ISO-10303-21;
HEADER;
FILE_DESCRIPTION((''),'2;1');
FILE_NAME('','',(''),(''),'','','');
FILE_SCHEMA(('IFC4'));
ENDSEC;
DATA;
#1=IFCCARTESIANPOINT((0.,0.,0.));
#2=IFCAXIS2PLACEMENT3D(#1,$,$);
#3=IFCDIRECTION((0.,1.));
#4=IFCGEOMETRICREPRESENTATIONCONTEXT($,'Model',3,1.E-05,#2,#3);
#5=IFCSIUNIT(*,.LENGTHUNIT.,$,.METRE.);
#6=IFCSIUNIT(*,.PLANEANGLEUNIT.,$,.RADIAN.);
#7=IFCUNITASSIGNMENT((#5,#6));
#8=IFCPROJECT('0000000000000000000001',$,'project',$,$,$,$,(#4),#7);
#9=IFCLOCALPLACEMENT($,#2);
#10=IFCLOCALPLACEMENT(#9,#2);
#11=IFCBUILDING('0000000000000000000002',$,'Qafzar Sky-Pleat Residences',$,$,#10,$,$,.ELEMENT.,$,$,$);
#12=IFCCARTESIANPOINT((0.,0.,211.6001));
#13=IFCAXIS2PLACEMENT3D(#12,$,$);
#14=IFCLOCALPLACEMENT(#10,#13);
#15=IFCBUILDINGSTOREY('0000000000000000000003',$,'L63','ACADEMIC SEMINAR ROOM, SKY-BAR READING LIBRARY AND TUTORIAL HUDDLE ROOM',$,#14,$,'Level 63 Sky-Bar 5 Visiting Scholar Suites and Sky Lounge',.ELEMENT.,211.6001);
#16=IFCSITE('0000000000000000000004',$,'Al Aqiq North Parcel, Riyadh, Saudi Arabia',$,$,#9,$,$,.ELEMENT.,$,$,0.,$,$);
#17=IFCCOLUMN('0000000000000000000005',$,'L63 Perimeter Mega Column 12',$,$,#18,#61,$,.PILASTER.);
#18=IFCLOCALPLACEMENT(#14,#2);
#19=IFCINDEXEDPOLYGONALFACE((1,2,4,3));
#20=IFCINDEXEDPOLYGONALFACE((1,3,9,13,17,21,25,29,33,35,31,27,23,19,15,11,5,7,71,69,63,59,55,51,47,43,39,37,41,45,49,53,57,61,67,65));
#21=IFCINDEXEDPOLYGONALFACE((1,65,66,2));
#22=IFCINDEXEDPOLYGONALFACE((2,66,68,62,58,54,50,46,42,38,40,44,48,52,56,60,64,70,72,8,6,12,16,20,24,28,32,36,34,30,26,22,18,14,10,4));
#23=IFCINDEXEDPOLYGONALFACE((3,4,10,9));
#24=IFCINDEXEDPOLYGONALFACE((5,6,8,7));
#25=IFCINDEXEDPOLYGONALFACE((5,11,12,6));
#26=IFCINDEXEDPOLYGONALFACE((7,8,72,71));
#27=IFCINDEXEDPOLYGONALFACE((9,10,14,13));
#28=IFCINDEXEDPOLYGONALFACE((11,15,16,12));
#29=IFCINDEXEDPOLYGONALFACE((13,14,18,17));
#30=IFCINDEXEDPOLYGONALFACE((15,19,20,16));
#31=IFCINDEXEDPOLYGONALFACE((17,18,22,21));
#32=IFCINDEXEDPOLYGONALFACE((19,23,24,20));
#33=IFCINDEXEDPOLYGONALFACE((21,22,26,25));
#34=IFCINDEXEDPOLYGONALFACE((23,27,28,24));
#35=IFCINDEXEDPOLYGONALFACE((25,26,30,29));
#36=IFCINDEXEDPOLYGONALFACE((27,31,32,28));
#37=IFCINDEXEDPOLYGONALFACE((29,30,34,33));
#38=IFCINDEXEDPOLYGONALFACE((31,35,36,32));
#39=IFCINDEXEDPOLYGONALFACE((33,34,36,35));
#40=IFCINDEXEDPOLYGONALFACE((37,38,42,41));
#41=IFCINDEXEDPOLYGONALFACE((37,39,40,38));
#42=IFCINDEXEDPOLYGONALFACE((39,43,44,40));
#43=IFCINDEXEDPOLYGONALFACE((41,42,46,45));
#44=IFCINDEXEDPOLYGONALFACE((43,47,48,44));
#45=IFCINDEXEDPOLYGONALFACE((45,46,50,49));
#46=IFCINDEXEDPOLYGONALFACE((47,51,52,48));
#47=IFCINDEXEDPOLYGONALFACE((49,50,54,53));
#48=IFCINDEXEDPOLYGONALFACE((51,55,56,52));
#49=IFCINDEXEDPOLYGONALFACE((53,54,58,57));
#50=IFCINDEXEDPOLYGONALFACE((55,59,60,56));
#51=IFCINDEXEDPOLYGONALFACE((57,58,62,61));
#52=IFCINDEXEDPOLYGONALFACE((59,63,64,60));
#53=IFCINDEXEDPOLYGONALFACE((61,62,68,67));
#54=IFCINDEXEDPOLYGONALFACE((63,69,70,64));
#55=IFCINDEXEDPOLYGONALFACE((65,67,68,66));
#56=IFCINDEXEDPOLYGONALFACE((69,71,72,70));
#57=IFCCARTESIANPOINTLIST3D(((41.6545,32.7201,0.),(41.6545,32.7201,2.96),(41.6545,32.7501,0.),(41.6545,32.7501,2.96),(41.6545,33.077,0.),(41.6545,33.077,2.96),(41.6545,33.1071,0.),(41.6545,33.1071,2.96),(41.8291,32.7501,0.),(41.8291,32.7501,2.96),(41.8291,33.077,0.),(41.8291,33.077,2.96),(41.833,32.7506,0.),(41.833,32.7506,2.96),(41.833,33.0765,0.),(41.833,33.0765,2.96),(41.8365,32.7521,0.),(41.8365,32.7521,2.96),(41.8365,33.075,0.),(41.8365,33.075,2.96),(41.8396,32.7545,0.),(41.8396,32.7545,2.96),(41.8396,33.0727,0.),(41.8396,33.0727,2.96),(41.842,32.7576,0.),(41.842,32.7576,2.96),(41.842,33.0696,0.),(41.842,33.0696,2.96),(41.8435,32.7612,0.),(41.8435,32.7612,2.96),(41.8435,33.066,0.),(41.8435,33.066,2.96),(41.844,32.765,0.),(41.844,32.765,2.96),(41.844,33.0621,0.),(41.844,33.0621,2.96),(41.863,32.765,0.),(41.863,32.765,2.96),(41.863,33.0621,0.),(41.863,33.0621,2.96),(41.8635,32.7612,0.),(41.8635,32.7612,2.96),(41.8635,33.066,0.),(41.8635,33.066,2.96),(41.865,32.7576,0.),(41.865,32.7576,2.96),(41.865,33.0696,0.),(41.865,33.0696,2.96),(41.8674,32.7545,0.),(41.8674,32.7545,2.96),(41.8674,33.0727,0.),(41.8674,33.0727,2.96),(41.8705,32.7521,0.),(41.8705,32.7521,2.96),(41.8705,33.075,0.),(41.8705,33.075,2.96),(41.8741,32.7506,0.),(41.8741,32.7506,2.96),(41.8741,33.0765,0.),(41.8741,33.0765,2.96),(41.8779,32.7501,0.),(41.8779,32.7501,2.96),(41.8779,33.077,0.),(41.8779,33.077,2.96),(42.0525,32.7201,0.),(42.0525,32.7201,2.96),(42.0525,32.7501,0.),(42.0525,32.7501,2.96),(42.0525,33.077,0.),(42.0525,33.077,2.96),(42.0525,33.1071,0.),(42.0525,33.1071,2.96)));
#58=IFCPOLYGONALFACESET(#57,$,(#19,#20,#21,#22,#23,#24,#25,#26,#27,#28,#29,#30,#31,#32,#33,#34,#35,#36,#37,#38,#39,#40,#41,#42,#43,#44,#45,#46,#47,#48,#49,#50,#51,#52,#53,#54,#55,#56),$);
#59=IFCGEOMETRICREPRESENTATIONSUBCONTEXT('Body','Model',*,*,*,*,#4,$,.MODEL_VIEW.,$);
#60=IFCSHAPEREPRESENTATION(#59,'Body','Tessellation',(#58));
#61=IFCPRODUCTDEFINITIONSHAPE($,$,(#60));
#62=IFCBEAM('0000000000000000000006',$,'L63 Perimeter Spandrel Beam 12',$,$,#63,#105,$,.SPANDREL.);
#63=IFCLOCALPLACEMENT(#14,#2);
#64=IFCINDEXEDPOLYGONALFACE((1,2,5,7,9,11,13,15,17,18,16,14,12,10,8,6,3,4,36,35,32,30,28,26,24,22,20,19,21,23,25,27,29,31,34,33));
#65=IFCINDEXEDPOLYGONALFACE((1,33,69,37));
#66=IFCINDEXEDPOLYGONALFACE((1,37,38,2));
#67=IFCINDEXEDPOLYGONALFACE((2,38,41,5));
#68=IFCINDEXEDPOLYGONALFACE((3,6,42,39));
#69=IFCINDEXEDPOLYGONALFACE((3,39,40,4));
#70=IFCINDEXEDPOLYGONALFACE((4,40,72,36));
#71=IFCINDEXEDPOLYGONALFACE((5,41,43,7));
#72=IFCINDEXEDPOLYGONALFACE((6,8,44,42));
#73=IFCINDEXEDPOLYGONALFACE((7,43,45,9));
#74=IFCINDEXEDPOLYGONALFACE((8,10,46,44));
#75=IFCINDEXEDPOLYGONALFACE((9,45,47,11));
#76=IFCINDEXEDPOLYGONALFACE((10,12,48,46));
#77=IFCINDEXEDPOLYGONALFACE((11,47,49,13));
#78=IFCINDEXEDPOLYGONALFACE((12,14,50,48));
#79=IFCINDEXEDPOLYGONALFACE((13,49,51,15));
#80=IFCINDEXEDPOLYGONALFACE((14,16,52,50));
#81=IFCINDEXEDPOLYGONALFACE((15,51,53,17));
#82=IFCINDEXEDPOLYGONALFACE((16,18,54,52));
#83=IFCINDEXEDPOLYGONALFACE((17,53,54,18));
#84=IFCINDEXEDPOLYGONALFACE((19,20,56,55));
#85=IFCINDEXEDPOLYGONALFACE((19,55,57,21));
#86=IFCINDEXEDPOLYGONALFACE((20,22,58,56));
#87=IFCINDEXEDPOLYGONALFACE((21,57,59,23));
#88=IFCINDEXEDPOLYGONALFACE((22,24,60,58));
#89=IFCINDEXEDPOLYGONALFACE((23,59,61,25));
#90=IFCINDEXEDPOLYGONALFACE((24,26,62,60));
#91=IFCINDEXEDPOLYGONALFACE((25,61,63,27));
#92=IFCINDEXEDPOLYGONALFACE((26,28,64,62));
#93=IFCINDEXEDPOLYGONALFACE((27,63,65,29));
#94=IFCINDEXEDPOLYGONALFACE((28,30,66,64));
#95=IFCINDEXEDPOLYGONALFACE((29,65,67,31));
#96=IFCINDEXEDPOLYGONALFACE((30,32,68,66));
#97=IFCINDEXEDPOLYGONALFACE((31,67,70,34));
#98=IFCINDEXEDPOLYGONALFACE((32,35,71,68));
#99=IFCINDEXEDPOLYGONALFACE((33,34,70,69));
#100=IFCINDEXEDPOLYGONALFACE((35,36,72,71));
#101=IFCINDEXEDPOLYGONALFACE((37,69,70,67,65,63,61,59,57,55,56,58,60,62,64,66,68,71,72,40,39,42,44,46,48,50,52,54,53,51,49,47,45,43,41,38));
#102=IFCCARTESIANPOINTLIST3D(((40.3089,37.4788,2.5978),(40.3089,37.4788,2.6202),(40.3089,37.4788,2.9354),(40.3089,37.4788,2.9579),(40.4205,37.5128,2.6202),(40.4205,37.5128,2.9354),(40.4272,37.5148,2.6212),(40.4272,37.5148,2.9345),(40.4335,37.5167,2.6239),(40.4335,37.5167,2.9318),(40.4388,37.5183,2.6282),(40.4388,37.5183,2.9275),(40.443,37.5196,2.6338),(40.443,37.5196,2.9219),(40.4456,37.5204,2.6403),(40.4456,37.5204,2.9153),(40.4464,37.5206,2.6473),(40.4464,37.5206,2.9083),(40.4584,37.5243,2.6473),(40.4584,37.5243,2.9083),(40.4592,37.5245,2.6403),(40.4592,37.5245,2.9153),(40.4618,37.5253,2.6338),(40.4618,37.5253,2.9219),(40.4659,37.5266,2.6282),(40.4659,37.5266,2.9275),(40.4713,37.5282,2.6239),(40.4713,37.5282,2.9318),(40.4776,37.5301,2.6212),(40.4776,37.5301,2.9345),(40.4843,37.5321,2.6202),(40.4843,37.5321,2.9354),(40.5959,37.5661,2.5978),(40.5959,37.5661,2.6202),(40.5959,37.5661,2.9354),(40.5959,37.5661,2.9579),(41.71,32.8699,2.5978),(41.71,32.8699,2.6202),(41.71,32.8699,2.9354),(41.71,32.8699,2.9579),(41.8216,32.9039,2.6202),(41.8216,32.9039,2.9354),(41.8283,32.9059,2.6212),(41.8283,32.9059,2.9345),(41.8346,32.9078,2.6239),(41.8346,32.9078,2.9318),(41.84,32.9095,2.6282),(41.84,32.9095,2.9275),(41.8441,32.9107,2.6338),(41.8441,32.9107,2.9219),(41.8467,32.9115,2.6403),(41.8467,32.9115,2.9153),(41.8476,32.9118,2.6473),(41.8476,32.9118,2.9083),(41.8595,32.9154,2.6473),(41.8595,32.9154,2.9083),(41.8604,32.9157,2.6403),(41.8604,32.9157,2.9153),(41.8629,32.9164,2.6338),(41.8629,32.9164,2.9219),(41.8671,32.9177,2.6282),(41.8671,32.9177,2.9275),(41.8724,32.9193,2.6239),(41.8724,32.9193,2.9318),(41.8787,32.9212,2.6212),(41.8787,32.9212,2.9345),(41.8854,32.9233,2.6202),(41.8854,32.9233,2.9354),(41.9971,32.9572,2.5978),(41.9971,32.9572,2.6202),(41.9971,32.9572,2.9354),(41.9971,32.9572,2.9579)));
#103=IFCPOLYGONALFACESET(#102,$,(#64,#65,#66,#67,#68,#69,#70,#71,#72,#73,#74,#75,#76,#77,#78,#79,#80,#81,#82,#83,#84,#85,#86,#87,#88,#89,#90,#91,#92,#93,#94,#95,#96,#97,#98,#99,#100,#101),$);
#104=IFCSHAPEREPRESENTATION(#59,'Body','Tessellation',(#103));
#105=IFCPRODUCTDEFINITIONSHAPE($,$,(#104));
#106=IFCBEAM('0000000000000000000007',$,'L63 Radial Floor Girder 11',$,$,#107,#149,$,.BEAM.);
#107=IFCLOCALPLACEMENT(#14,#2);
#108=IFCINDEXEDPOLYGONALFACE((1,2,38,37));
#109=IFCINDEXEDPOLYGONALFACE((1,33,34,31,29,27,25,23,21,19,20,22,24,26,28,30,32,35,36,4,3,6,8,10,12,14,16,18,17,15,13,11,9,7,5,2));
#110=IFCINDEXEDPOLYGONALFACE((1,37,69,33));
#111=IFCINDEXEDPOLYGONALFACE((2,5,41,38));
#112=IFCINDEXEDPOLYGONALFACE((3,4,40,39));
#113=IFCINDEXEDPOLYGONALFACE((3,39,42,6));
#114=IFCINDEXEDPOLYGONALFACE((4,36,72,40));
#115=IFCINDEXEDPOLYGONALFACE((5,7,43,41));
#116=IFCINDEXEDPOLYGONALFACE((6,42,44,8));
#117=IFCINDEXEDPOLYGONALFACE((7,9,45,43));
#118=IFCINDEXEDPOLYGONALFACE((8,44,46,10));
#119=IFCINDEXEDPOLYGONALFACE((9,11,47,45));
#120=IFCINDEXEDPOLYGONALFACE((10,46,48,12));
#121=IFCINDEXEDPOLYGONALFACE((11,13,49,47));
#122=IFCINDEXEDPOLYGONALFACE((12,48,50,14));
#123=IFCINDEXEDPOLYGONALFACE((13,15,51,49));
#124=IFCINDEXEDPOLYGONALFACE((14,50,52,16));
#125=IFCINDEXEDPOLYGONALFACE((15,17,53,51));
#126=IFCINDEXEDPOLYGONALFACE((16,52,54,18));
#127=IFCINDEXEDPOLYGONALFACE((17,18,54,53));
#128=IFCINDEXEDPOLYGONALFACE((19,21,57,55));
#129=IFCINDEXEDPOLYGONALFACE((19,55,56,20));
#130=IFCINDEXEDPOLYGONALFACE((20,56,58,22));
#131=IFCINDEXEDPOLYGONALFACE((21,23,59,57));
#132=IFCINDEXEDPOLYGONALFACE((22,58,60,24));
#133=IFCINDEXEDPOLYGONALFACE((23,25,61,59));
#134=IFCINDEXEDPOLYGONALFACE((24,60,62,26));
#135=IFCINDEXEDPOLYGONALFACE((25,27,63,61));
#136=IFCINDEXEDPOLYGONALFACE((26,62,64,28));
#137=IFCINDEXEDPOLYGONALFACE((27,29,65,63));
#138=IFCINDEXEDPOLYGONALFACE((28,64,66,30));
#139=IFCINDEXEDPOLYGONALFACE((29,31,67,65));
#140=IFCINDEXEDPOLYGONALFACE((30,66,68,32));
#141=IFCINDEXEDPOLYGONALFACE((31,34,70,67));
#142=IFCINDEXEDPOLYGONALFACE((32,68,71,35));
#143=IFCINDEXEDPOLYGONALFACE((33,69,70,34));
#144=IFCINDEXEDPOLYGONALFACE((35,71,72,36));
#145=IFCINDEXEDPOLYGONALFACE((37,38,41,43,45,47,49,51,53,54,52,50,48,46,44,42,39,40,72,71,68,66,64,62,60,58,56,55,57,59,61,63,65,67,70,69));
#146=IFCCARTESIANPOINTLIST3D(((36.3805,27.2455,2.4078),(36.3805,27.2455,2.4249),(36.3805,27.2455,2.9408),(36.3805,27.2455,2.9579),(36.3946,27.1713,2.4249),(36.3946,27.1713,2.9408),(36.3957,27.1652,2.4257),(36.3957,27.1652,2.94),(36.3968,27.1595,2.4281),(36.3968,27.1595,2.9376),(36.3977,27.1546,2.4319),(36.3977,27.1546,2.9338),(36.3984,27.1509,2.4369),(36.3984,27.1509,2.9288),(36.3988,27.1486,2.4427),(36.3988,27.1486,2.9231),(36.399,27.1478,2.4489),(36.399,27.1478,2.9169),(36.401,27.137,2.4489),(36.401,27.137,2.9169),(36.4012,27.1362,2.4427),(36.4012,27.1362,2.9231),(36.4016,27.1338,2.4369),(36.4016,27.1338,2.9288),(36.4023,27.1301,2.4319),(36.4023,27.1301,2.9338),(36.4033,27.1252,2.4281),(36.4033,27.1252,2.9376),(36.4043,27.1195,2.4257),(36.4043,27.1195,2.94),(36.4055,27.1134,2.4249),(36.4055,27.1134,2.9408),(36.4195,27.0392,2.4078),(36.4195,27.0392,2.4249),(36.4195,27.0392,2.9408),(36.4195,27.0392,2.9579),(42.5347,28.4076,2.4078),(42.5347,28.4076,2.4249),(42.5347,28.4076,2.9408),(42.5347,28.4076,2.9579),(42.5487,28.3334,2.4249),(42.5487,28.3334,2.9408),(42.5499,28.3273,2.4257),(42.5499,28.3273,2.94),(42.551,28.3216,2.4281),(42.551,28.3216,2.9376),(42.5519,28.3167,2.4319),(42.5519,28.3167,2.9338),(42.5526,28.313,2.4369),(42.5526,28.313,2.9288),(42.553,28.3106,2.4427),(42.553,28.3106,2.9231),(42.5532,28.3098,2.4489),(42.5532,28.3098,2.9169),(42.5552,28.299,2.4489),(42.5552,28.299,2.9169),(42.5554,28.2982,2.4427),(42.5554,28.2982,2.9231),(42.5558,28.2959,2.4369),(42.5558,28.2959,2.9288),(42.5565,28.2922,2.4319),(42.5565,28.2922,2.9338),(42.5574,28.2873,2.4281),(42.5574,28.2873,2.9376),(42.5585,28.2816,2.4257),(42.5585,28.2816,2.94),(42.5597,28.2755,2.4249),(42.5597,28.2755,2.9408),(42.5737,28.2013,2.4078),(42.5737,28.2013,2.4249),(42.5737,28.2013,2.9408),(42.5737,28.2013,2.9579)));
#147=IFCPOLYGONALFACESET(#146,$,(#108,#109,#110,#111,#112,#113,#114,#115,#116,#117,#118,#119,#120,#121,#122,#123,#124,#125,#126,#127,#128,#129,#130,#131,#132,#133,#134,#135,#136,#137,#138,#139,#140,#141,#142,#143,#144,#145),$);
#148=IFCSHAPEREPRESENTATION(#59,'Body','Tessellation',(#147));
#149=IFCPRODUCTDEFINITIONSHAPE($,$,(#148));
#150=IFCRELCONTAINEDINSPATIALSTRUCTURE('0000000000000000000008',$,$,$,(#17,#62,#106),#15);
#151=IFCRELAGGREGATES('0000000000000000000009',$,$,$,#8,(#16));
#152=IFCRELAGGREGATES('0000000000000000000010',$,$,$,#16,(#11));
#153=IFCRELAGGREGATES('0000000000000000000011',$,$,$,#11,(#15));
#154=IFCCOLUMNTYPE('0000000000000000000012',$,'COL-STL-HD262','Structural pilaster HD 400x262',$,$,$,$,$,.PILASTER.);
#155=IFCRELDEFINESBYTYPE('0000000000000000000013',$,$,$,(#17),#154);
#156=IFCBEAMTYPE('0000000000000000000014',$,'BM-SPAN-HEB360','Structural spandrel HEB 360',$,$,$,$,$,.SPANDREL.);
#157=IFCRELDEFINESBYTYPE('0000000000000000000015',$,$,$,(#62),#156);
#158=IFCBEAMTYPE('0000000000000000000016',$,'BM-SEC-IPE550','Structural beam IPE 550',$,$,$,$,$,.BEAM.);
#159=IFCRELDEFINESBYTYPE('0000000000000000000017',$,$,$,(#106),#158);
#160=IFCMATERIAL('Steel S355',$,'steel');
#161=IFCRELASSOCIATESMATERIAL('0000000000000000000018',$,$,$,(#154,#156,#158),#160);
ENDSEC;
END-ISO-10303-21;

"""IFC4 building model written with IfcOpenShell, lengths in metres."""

from ifc_helpers import new_model, si_unit, direction, frame, origin, origin_2d, place, context, subcontext, project, spatial, i_section, extrude, source, transform, mapped, material, material_profile, profile_set, type_object, element, save


model = new_model("IFC4")

# Units and contexts
model_context = context("Model", 3, precision=1e-05, world=origin(), true_north=direction((0.0, 1.0)))
body_context = subcontext(model_context, "Body", "Model", "MODEL_VIEW")
ifc_project = project(units=[si_unit("LENGTHUNIT", "METRE"), si_unit("PLANEANGLEUNIT", "RADIAN")], contexts=[model_context])

# Site, building, storey
site_placement = place(None, origin())
site = spatial("IfcSite", under=ifc_project, at=site_placement, Name="Al Aqiq North Parcel, Riyadh, Saudi Arabia", CompositionType="ELEMENT", RefElevation=0.0)
building_placement = place(site_placement, origin())
building = spatial("IfcBuilding", under=site, at=building_placement, Name="Qafzar Sky-Pleat Residences", CompositionType="ELEMENT")
storey_placement = place(building_placement, frame((0.0, 0.0, 211.6001)))
storey = spatial("IfcBuildingStorey", under=building, at=storey_placement, Name="L63", Description="ACADEMIC SEMINAR ROOM, SKY-BAR READING LIBRARY AND TUTORIAL HUDDLE ROOM", LongName="Level 63 Sky-Bar 5 Visiting Scholar Suites and Sky Lounge", CompositionType="ELEMENT", Elevation=211.6001)

# Column
ifc_material_1 = material(Name="Steel S355", Category="steel")
ifc_material_profile_1 = material_profile(ifc_material_1, i_section(OverallWidth=0.3979, OverallDepth=0.387, WebThickness=0.019, FlangeThickness=0.03, FilletRadius=0.0149, at=origin_2d()), Name="HD 400x262")
ifc_profile_set_1 = profile_set([ifc_material_profile_1], Name="Steel S355")
column_type = type_object("IfcColumnType", Name="COL-STL-HD262", Description="Structural pilaster HD 400x262", PredefinedType="PILASTER", material=ifc_profile_set_1)
shared_shape_1 = source(origin(), body_context, "Body", "SweptSolid", [
    extrude(i_section(OverallWidth=0.3979, OverallDepth=0.387, WebThickness=0.019, FlangeThickness=0.03, FilletRadius=0.0149, at=origin_2d()), origin(), (0.0, 0.0, 1.0), 2.96),
])
column_placement = place(storey_placement, frame((41.8535, 32.9136, 0.0), z_axis=(0.0, 0.0, 1.0), x_axis=(1.0, 0.0, 0.0)))
element("IfcColumn", 1, at=column_placement, inside=storey, type_object=column_type, Name="L63 Perimeter Mega Column 12", PredefinedType="PILASTER", context=body_context, shape_type="MappedRepresentation", body=[
    mapped(shared_shape_1, transform((0.0, 0.0, 0.0), x_axis=(1.0, 0.0, 0.0), y_axis=(0.0, 1.0, 0.0), z_axis=(0.0, 0.0, 1.0), scale=1.0)),
])

# Beams
ifc_material_profile_2 = material_profile(ifc_material_1, i_section(OverallWidth=0.3, OverallDepth=0.3601, WebThickness=0.0125, FlangeThickness=0.0225, FilletRadius=0.0271, at=origin_2d()), Name="HEB 360")
ifc_profile_set_2 = profile_set([ifc_material_profile_2], Name="Steel S355")
beam_type_1 = type_object("IfcBeamType", Name="BM-SPAN-HEB360", Description="Structural spandrel HEB 360", PredefinedType="SPANDREL", material=ifc_profile_set_2)
shared_shape_2 = source(origin(), body_context, "Body", "SweptSolid", [
    extrude(i_section(OverallWidth=0.3, OverallDepth=0.3601, WebThickness=0.0125, FlangeThickness=0.0225, FilletRadius=0.0271, at=origin_2d()), origin(), (0.0, 0.0, 1.0), 4.8171),
])
beam_1_placement = place(storey_placement, frame((41.8535, 32.9136, 2.7778), z_axis=(-0.290861, 0.956765, 0.0), x_axis=(-0.956765, -0.290861, 0.0)))
element("IfcBeam", 2, at=beam_1_placement, inside=storey, type_object=beam_type_1, Name="L63 Perimeter Spandrel Beam 12", PredefinedType="SPANDREL", context=body_context, shape_type="MappedRepresentation", body=[
    mapped(shared_shape_2, transform((0.0, 0.0, 0.0), x_axis=(1.0, 0.0, 0.0), y_axis=(0.0, 1.0, 0.0), z_axis=(0.0, 0.0, 1.0), scale=1.0)),
])
ifc_material_profile_3 = material_profile(ifc_material_1, i_section(OverallWidth=0.21, OverallDepth=0.55, WebThickness=0.011, FlangeThickness=0.0171, FilletRadius=0.0239, at=origin_2d()), Name="IPE 550")
ifc_profile_set_3 = profile_set([ifc_material_profile_3], Name="Steel S355")
beam_type_2 = type_object("IfcBeamType", Name="BM-SEC-IPE550", Description="Structural beam IPE 550", PredefinedType="BEAM", material=ifc_profile_set_3)
shared_shape_3 = source(origin(), body_context, "Body", "SweptSolid", [
    extrude(i_section(OverallWidth=0.21, OverallDepth=0.55, WebThickness=0.011, FlangeThickness=0.0171, FilletRadius=0.0239, at=origin_2d()), origin(), (0.0, 0.0, 1.0), 6.2629),
])
beam_2_placement = place(storey_placement, frame((42.5542, 28.3044, 2.6829), z_axis=(-0.982635, -0.18555, 0.0), x_axis=(0.18555, -0.982635, 0.0)))
element("IfcBeam", 3, at=beam_2_placement, inside=storey, type_object=beam_type_2, Name="L63 Radial Floor Girder 11", PredefinedType="BEAM", context=body_context, shape_type="MappedRepresentation", body=[
    mapped(shared_shape_3, transform((0.0, 0.0, 0.0), x_axis=(1.0, 0.0, 0.0), y_axis=(0.0, 1.0, 0.0), z_axis=(0.0, 0.0, 1.0), scale=1.0)),
])

save(model, "model.ifc")
